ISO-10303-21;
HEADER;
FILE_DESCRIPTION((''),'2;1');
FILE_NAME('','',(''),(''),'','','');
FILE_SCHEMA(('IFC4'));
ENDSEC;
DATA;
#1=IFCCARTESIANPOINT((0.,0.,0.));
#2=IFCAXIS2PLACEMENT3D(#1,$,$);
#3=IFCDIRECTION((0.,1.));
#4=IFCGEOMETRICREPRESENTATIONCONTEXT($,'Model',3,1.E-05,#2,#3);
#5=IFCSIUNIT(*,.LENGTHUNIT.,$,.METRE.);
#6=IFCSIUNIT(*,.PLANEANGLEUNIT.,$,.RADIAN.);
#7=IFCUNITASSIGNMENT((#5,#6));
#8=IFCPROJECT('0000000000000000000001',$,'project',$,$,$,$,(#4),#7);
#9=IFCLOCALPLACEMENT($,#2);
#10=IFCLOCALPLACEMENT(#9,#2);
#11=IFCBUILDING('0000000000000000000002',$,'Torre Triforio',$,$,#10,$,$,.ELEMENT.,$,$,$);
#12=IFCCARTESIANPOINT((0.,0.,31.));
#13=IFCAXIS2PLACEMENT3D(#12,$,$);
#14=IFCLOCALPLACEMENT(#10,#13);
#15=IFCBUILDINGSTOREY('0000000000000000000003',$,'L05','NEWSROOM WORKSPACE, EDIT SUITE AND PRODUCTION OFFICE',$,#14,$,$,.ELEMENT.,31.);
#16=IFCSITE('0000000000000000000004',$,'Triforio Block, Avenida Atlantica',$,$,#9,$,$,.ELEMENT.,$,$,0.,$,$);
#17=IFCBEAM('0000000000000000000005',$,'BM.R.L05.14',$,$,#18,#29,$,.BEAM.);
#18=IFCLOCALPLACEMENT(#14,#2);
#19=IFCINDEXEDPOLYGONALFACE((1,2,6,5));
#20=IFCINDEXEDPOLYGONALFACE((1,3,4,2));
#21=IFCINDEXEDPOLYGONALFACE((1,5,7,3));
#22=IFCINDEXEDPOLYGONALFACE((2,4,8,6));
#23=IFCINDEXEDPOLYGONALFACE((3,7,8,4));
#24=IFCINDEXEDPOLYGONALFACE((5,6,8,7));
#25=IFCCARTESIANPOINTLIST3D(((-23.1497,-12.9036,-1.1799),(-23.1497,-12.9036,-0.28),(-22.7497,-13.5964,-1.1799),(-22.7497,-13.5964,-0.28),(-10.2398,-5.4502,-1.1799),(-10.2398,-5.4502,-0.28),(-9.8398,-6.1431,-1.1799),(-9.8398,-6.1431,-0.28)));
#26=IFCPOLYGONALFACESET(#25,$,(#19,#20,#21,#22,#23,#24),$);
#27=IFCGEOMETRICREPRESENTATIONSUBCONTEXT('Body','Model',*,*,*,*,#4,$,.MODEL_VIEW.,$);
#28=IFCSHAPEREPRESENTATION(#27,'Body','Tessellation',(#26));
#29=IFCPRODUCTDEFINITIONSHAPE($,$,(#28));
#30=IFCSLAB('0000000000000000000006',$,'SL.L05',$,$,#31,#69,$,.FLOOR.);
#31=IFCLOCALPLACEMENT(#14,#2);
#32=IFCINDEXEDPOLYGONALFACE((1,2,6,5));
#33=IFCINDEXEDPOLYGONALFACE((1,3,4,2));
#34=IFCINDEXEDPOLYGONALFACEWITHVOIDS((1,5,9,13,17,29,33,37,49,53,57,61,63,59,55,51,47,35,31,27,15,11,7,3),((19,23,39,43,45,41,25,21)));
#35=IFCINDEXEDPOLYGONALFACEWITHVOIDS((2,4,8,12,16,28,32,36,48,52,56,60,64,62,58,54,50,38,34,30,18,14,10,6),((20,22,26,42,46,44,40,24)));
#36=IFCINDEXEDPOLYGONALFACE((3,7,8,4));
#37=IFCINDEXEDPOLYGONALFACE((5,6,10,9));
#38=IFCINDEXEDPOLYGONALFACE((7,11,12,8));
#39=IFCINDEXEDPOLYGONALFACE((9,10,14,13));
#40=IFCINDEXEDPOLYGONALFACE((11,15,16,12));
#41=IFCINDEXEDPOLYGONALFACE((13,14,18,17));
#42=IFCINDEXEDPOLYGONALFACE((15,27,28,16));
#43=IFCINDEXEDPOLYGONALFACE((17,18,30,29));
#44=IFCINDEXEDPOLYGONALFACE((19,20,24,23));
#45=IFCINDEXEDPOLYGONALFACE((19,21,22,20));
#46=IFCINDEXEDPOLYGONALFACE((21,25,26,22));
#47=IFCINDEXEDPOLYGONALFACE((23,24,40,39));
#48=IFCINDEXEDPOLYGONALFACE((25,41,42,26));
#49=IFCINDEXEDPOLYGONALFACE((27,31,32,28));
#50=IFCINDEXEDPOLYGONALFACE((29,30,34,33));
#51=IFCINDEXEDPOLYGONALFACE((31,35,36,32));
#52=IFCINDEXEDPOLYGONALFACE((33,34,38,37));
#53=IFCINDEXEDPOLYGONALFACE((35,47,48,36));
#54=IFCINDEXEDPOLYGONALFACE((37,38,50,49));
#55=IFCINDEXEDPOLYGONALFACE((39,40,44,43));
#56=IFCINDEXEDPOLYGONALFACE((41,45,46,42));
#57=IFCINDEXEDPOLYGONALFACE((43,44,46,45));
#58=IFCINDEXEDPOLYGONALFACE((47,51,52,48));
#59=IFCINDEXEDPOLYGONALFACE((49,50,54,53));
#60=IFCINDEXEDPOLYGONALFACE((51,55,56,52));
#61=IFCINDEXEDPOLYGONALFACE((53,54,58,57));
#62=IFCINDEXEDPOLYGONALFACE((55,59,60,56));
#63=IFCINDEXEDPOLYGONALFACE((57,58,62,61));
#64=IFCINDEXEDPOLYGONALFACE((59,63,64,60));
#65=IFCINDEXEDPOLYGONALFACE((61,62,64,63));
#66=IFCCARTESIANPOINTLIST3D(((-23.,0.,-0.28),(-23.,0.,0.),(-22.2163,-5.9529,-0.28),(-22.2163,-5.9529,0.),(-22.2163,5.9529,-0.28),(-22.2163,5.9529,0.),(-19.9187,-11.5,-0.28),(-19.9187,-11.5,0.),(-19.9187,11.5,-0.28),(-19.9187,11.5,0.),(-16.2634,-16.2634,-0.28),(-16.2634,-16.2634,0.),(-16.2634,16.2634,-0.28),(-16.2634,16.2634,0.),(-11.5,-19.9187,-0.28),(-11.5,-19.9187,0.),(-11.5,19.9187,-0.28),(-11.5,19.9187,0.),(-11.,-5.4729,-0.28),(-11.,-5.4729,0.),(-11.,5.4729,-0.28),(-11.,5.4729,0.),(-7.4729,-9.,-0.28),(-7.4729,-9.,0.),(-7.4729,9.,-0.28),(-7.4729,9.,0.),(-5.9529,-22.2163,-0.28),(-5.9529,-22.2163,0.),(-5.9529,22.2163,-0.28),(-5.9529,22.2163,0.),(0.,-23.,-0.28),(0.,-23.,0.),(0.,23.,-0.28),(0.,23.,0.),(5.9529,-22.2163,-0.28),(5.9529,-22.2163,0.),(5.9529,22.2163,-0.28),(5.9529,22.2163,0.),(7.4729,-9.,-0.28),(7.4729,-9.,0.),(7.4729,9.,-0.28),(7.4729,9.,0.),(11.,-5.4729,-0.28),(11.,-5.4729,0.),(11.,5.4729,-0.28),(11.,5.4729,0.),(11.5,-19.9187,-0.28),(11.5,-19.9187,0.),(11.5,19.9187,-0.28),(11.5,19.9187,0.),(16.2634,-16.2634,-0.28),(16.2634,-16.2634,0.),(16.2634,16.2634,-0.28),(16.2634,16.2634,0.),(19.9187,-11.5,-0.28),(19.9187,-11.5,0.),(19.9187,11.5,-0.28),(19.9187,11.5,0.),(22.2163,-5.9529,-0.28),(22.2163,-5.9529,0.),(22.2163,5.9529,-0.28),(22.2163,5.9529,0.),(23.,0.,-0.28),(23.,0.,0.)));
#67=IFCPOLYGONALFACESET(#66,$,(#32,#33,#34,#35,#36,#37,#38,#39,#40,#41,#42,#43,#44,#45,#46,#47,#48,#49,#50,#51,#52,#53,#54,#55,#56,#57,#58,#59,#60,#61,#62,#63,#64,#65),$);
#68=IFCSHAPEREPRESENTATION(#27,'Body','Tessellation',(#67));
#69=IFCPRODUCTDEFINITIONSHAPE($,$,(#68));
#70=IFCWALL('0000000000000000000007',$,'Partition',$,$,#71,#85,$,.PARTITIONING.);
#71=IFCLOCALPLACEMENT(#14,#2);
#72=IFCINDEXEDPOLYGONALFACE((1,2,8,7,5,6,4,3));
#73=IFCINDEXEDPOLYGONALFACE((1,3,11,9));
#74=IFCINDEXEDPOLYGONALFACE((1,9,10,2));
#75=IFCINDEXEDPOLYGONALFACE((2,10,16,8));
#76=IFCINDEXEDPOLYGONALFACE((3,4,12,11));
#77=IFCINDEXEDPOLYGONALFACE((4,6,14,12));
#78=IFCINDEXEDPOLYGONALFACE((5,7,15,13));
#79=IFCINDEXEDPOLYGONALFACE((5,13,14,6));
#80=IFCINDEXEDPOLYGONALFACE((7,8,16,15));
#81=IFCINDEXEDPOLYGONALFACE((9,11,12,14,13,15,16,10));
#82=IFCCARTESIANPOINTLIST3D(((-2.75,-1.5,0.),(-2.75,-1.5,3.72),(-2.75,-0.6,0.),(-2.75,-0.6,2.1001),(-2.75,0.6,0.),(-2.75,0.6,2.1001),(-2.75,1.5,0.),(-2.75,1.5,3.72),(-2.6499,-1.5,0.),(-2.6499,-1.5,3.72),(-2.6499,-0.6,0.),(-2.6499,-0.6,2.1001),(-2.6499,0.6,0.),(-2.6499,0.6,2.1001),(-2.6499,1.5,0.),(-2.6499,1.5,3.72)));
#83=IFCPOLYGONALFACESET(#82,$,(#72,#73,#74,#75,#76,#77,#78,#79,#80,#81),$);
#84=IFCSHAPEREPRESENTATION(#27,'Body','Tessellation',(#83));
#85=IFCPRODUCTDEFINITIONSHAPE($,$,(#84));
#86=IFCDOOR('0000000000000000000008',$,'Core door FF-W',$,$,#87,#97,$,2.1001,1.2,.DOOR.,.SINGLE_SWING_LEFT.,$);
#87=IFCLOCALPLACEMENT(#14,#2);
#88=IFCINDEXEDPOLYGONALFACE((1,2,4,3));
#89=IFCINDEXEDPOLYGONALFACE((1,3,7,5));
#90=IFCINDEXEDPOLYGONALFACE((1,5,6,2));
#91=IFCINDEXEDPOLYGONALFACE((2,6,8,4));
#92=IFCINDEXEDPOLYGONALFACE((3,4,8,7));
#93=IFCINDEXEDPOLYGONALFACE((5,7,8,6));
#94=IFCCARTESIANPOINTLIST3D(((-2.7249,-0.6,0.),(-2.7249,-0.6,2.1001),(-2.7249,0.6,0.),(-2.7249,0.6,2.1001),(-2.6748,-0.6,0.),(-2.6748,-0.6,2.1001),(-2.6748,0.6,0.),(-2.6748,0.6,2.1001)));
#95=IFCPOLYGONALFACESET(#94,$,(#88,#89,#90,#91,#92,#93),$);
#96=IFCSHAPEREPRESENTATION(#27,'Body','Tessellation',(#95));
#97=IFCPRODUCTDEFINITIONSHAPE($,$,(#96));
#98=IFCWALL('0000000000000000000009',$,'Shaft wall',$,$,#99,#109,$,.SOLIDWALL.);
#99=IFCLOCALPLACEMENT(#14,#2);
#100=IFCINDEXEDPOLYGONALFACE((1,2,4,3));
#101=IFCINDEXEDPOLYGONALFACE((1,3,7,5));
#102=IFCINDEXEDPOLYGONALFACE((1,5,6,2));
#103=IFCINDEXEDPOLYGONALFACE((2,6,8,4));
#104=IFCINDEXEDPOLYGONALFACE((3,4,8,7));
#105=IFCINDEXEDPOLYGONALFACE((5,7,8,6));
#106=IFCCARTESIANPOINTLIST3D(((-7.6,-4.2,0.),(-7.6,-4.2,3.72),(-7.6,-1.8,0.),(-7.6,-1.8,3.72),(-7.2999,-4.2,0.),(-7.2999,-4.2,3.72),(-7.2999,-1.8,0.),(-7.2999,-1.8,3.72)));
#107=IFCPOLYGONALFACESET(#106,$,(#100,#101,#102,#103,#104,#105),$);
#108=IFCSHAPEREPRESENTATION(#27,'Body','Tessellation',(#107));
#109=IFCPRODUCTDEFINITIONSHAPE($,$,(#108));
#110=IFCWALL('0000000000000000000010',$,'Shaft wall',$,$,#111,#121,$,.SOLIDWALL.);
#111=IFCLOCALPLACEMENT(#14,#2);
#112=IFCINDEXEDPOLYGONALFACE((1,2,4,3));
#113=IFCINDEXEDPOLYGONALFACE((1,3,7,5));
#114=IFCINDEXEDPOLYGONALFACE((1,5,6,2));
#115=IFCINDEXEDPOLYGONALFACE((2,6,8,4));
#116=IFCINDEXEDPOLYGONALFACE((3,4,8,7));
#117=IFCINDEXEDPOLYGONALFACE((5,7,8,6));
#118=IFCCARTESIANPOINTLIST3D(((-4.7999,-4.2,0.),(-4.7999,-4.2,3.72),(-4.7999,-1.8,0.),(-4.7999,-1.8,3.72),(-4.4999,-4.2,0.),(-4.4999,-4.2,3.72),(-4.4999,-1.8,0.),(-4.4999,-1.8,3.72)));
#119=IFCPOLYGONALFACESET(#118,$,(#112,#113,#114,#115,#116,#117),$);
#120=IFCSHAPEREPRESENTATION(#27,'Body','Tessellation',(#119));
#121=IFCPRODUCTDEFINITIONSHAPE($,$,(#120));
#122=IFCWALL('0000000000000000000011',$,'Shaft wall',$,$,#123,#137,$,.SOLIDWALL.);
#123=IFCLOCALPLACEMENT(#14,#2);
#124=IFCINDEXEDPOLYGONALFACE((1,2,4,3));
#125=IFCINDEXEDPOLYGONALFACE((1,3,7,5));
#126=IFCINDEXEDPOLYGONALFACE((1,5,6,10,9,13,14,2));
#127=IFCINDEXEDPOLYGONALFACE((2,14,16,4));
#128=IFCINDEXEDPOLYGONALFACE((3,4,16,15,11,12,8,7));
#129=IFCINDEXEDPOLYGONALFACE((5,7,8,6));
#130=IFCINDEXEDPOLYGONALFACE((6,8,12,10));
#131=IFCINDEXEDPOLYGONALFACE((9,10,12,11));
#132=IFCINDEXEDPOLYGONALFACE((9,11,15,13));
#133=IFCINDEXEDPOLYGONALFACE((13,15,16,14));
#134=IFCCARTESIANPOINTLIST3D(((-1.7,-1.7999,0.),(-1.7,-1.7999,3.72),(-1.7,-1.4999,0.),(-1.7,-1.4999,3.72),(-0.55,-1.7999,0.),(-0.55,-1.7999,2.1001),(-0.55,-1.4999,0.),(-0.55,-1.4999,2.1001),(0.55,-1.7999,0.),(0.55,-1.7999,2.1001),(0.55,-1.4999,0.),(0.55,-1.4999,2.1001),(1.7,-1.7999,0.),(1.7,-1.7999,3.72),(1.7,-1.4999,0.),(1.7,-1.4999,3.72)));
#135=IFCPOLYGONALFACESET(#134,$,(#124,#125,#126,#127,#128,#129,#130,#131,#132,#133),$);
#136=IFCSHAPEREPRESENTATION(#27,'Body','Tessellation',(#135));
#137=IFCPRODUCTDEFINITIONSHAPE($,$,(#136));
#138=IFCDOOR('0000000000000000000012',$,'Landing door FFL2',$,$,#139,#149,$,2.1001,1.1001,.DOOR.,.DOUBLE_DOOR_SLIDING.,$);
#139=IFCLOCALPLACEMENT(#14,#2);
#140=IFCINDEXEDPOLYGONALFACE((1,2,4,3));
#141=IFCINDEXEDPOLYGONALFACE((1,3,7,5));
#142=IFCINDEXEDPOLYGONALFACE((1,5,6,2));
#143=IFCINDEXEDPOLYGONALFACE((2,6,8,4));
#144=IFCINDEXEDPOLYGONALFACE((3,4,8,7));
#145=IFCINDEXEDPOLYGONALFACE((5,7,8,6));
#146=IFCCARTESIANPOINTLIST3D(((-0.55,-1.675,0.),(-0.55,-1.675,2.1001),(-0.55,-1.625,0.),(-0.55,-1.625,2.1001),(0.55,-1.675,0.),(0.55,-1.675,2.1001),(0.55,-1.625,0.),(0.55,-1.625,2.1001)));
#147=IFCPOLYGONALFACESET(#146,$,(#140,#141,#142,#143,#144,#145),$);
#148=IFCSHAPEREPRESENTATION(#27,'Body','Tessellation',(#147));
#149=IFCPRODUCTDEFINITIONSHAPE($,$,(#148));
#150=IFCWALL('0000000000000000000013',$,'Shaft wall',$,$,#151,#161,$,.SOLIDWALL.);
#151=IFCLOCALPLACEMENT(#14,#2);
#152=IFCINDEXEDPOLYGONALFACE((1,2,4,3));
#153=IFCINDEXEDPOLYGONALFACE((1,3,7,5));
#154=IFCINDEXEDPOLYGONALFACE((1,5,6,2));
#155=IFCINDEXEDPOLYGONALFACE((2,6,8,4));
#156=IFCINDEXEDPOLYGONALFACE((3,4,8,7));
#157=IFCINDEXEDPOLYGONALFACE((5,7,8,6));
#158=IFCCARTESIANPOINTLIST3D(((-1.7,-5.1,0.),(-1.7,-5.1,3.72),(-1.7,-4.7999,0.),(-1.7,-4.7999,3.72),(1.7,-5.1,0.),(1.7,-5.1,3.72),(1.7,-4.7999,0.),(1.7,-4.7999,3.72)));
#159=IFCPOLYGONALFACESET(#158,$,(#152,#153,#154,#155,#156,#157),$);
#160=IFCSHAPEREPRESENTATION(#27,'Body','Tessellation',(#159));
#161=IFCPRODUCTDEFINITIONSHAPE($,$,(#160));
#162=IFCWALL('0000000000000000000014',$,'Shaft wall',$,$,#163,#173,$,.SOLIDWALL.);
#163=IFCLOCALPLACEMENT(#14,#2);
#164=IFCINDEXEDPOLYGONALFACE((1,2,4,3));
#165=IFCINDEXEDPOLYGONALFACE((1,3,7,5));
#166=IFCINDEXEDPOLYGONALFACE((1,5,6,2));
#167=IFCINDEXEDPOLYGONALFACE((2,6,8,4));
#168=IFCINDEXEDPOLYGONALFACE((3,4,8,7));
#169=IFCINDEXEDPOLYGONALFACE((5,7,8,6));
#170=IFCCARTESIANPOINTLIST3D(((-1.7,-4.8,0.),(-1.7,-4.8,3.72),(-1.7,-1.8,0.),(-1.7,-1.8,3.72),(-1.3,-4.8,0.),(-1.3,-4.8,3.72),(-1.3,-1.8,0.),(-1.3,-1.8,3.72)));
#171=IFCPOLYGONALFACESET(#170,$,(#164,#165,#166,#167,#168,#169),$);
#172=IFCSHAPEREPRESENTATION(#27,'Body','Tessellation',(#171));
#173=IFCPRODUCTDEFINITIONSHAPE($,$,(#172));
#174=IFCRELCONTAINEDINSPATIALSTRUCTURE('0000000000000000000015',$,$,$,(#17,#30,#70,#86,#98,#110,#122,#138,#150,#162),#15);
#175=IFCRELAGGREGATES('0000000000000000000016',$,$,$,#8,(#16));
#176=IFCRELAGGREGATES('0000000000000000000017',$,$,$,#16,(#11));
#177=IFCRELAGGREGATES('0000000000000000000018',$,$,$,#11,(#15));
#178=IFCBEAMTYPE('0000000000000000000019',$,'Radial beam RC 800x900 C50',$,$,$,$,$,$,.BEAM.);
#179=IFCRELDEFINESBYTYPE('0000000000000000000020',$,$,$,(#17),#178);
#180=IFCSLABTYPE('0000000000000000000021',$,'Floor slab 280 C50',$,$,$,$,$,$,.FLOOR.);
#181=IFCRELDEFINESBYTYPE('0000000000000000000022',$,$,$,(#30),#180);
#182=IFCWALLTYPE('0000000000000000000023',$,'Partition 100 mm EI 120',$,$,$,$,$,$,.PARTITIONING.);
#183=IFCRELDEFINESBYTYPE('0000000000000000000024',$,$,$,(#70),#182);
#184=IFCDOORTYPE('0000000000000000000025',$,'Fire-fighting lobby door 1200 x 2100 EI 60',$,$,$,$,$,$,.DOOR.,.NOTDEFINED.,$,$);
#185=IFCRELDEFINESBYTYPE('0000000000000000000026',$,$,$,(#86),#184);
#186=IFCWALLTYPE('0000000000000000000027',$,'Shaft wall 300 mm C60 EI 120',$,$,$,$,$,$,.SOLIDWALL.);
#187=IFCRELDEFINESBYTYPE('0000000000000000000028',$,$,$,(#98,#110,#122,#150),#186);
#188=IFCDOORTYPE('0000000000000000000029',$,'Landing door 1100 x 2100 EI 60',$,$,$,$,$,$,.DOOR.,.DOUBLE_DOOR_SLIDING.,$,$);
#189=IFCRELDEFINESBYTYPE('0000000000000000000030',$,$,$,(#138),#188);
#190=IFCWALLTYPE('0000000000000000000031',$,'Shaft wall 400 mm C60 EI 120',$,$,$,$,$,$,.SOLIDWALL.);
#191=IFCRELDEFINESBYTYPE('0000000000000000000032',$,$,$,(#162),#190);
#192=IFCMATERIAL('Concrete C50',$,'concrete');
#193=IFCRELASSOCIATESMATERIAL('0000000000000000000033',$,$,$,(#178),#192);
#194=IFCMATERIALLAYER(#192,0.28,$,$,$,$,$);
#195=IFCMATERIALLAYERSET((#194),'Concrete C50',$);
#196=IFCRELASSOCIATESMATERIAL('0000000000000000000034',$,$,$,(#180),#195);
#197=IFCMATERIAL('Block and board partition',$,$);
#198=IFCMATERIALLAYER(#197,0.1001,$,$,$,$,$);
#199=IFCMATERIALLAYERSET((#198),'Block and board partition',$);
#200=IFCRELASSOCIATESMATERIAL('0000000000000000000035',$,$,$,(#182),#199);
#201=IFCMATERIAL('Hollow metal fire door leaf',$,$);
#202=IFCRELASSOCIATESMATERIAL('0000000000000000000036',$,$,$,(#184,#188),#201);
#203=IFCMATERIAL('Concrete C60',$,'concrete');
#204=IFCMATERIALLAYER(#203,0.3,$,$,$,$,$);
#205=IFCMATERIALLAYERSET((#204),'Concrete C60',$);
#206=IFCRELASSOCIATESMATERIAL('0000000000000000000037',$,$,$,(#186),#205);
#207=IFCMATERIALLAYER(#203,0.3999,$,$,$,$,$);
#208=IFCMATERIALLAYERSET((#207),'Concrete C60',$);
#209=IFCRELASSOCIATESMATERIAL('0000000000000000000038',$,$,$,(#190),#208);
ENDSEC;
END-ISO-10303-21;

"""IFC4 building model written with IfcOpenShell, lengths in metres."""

from ifc_helpers import new_model, si_unit, direction, frame, frame_2d, origin, origin_2d, place, context, subcontext, project, spatial, polyline, rectangle, outline, extrude, material, layer, layer_set, material_profile, profile_set, type_object, element, fill, save


model = new_model("IFC4")

# Units and contexts
model_context = context("Model", 3, precision=1e-05, world=origin(), true_north=direction((0.0, 1.0)))
body_context = subcontext(model_context, "Body", "Model", "MODEL_VIEW")
ifc_project = project(units=[si_unit("LENGTHUNIT", "METRE"), si_unit("PLANEANGLEUNIT", "RADIAN")], contexts=[model_context])

# Site, building, storey
site_placement = place(None, origin())
site = spatial("IfcSite", under=ifc_project, at=site_placement, Name="Triforio Block, Avenida Atlantica", CompositionType="ELEMENT", RefElevation=0.0)
building_placement = place(site_placement, origin())
building = spatial("IfcBuilding", under=site, at=building_placement, Name="Torre Triforio", CompositionType="ELEMENT")
storey_placement = place(building_placement, frame((0.0, 0.0, 31.0)))
storey = spatial("IfcBuildingStorey", under=building, at=storey_placement, Name="L05", Description="NEWSROOM WORKSPACE, EDIT SUITE AND PRODUCTION OFFICE", CompositionType="ELEMENT", Elevation=31.0)

# Beam
ifc_material_1 = material(Name="Concrete C50", Category="concrete")
ifc_material_profile = material_profile(ifc_material_1, rectangle(XDim=0.8, YDim=0.8999, at=origin_2d()), Name="RC 800x900")
ifc_profile_set = profile_set([ifc_material_profile], Name="Concrete C50")
beam_type = type_object("IfcBeamType", Name="Radial beam RC 800x900 C50", PredefinedType="BEAM", material=ifc_profile_set)
beam_placement = place(storey_placement, frame((-10.0398, -5.7966, -0.73), z_axis=(-0.86603, -0.499991, 0.0), x_axis=(0.499991, -0.86603, 0.0)))
element("IfcBeam", 1, at=beam_placement, inside=storey, type_object=beam_type, Name="BM.R.L05.14", PredefinedType="BEAM", context=body_context, shape_type="SweptSolid", body=[
    extrude(rectangle(XDim=0.8, YDim=0.8999, at=origin_2d()), origin(), (0.0, 0.0, 1.0), 14.907),
])

# Slab
ifc_layer_1 = layer(ifc_material_1, 0.28)
ifc_layer_set_1 = layer_set([ifc_layer_1], Name="Concrete C50")
slab_type = type_object("IfcSlabType", Name="Floor slab 280 C50", PredefinedType="FLOOR", material=ifc_layer_set_1)
slab_placement = place(storey_placement, frame((0.0, 0.0, -0.28)))
element("IfcSlab", 2, at=slab_placement, inside=storey, type_object=slab_type, Name="SL.L05", PredefinedType="FLOOR", context=body_context, shape_type="SweptSolid", body=[
    extrude(outline(polyline([(19.9187, -11.5), (22.2163, -5.9529), (23.0, 0.0), (22.2163, 5.9529), (19.9187, 11.5), (16.2634, 16.2634), (11.5, 19.9187), (5.9529, 22.2163), (0.0, 23.0), (-5.9529, 22.2163), (-11.5, 19.9187), (-16.2634, 16.2634), (-19.9187, 11.5), (-22.2163, 5.9529), (-23.0, 0.0), (-22.2163, -5.9529), (-19.9187, -11.5), (-16.2634, -16.2634), (-11.5, -19.9187), (-5.9529, -22.2163), (0.0, -23.0), (5.9529, -22.2163), (11.5, -19.9187), (16.2634, -16.2634), (19.9187, -11.5)]), holes=[polyline([(11.0, 5.4729), (11.0, -5.4729), (7.4729, -9.0), (-7.4729, -9.0), (-11.0, -5.4729), (-11.0, 5.4729), (-7.4729, 9.0), (7.4729, 9.0), (11.0, 5.4729)])]), origin(), (0.0, 0.0, 1.0), 0.28),
])

# Wall, opening, door
ifc_material_2 = material(Name="Block and board partition")
ifc_layer_2 = layer(ifc_material_2, 0.1001)
ifc_layer_set_2 = layer_set([ifc_layer_2], Name="Block and board partition")
wall_type_1 = type_object("IfcWallType", Name="Partition 100 mm EI 120", PredefinedType="PARTITIONING", material=ifc_layer_set_2)
wall_1_placement = place(storey_placement, frame((-2.7, -1.5, 0.0), z_axis=(0.0, 0.0, 1.0), x_axis=(0.0, 1.0, 0.0)))
wall_1 = element("IfcWall", 3, at=wall_1_placement, inside=storey, type_object=wall_type_1, Name="Partition", PredefinedType="PARTITIONING", context=body_context, shape_type="SweptSolid", body=[
    extrude(rectangle(XDim=3.0, YDim=0.1001, at=frame_2d((1.5, 0.0))), origin(), (0.0, 0.0, 1.0), 3.72),
])
opening_1_placement = place(wall_1_placement, frame((0.8999, 0.0, 0.0)))
opening_1 = element("IfcOpeningElement", 4, at=opening_1_placement, cuts=wall_1, PredefinedType="OPENING", context=body_context, shape_type="SweptSolid", body=[
    extrude(rectangle(XDim=1.2, YDim=2.1001, at=frame_2d((0.6001, 1.05))), frame((0.0, 0.0601, 0.0), z_axis=(0.0, -1.0, 0.0), x_axis=(1.0, 0.0, 0.0)), (0.0, 0.0, 1.0), 0.1201),
])
ifc_material_3 = material(Name="Hollow metal fire door leaf")
door_type_1 = type_object("IfcDoorType", Name="Fire-fighting lobby door 1200 x 2100 EI 60", OperationType="NOTDEFINED", PredefinedType="DOOR", material=ifc_material_3)
door_1_placement = place(opening_1_placement, origin())
door_1 = element("IfcDoor", 5, at=door_1_placement, inside=storey, type_object=door_type_1, Name="Core door FF-W", OperationType="SINGLE_SWING_LEFT", OverallHeight=2.1001, OverallWidth=1.2, PredefinedType="DOOR", context=body_context, shape_type="SweptSolid", body=[
    extrude(rectangle(XDim=1.2, YDim=2.1001, at=frame_2d((0.6001, 1.05))), frame((0.0, 0.0249, 0.0), z_axis=(0.0, -1.0, 0.0), x_axis=(1.0, 0.0, 0.0)), (0.0, 0.0, 1.0), 0.05),
])
fill(opening_1, door_1)

# Walls
ifc_material_4 = material(Name="Concrete C60", Category="concrete")
ifc_layer_3 = layer(ifc_material_4, 0.3)
ifc_layer_set_3 = layer_set([ifc_layer_3], Name="Concrete C60")
wall_type_2 = type_object("IfcWallType", Name="Shaft wall 300 mm C60 EI 120", PredefinedType="SOLIDWALL", material=ifc_layer_set_3)
for number, where, z_axis, x_axis, name in (
    (6, (-7.45, -4.2, 0.0), (0.0, 0.0, 1.0), (0.0, 1.0, 0.0), "Shaft wall"),
    (7, (-4.6499, -4.2, 0.0), (0.0, 0.0, 1.0), (0.0, 1.0, 0.0), "Shaft wall"),
):
    element("IfcWall", number, at=place(storey_placement, frame(where, z_axis=z_axis, x_axis=x_axis)), inside=storey, type_object=wall_type_2, Name=name, PredefinedType="SOLIDWALL", context=body_context, shape_type="SweptSolid", body=[
        extrude(rectangle(XDim=2.3999, YDim=0.3, at=frame_2d((1.2, 0.0))), origin(), (0.0, 0.0, 1.0), 3.72),
    ])

# Wall, opening, door
wall_2_placement = place(storey_placement, frame((-1.7, -1.6499, 0.0), z_axis=(0.0, 0.0, 1.0), x_axis=(1.0, 0.0, 0.0)))
wall_2 = element("IfcWall", 8, at=wall_2_placement, inside=storey, type_object=wall_type_2, Name="Shaft wall", PredefinedType="SOLIDWALL", context=body_context, shape_type="SweptSolid", body=[
    extrude(rectangle(XDim=3.3999, YDim=0.3, at=frame_2d((1.7, 0.0))), origin(), (0.0, 0.0, 1.0), 3.72),
])
opening_2_placement = place(wall_2_placement, frame((1.1499, 0.0, 0.0)))
opening_2 = element("IfcOpeningElement", 9, at=opening_2_placement, cuts=wall_2, PredefinedType="OPENING", context=body_context, shape_type="SweptSolid", body=[
    extrude(rectangle(XDim=1.1001, YDim=2.1001, at=frame_2d((0.55, 1.05))), frame((0.0, 0.1599, 0.0), z_axis=(0.0, -1.0, 0.0), x_axis=(1.0, 0.0, 0.0)), (0.0, 0.0, 1.0), 0.3201),
])
door_type_2 = type_object("IfcDoorType", Name="Landing door 1100 x 2100 EI 60", OperationType="DOUBLE_DOOR_SLIDING", PredefinedType="DOOR", material=ifc_material_3)
door_2_placement = place(opening_2_placement, origin())
door_2 = element("IfcDoor", 10, at=door_2_placement, inside=storey, type_object=door_type_2, Name="Landing door FFL2", OperationType="DOUBLE_DOOR_SLIDING", OverallHeight=2.1001, OverallWidth=1.1001, PredefinedType="DOOR", context=body_context, shape_type="SweptSolid", body=[
    extrude(rectangle(XDim=1.1001, YDim=2.1001, at=frame_2d((0.55, 1.05))), frame((0.0, 0.0249, 0.0), z_axis=(0.0, -1.0, 0.0), x_axis=(1.0, 0.0, 0.0)), (0.0, 0.0, 1.0), 0.05),
])
fill(opening_2, door_2)

# Walls
wall_3_placement = place(storey_placement, frame((-1.7, -4.95, 0.0), z_axis=(0.0, 0.0, 1.0), x_axis=(1.0, 0.0, 0.0)))
element("IfcWall", 11, at=wall_3_placement, inside=storey, type_object=wall_type_2, Name="Shaft wall", PredefinedType="SOLIDWALL", context=body_context, shape_type="SweptSolid", body=[
    extrude(rectangle(XDim=3.3999, YDim=0.3, at=frame_2d((1.7, 0.0))), origin(), (0.0, 0.0, 1.0), 3.72),
])
ifc_layer_4 = layer(ifc_material_4, 0.3999)
ifc_layer_set_4 = layer_set([ifc_layer_4], Name="Concrete C60")
wall_type_3 = type_object("IfcWallType", Name="Shaft wall 400 mm C60 EI 120", PredefinedType="SOLIDWALL", material=ifc_layer_set_4)
wall_4_placement = place(storey_placement, frame((-1.5, -4.8, 0.0), z_axis=(0.0, 0.0, 1.0), x_axis=(0.0, 1.0, 0.0)))
element("IfcWall", 12, at=wall_4_placement, inside=storey, type_object=wall_type_3, Name="Shaft wall", PredefinedType="SOLIDWALL", context=body_context, shape_type="SweptSolid", body=[
    extrude(rectangle(XDim=3.0, YDim=0.3999, at=frame_2d((1.5, 0.0))), origin(), (0.0, 0.0, 1.0), 3.72),
])

save(model, "model.ifc")
